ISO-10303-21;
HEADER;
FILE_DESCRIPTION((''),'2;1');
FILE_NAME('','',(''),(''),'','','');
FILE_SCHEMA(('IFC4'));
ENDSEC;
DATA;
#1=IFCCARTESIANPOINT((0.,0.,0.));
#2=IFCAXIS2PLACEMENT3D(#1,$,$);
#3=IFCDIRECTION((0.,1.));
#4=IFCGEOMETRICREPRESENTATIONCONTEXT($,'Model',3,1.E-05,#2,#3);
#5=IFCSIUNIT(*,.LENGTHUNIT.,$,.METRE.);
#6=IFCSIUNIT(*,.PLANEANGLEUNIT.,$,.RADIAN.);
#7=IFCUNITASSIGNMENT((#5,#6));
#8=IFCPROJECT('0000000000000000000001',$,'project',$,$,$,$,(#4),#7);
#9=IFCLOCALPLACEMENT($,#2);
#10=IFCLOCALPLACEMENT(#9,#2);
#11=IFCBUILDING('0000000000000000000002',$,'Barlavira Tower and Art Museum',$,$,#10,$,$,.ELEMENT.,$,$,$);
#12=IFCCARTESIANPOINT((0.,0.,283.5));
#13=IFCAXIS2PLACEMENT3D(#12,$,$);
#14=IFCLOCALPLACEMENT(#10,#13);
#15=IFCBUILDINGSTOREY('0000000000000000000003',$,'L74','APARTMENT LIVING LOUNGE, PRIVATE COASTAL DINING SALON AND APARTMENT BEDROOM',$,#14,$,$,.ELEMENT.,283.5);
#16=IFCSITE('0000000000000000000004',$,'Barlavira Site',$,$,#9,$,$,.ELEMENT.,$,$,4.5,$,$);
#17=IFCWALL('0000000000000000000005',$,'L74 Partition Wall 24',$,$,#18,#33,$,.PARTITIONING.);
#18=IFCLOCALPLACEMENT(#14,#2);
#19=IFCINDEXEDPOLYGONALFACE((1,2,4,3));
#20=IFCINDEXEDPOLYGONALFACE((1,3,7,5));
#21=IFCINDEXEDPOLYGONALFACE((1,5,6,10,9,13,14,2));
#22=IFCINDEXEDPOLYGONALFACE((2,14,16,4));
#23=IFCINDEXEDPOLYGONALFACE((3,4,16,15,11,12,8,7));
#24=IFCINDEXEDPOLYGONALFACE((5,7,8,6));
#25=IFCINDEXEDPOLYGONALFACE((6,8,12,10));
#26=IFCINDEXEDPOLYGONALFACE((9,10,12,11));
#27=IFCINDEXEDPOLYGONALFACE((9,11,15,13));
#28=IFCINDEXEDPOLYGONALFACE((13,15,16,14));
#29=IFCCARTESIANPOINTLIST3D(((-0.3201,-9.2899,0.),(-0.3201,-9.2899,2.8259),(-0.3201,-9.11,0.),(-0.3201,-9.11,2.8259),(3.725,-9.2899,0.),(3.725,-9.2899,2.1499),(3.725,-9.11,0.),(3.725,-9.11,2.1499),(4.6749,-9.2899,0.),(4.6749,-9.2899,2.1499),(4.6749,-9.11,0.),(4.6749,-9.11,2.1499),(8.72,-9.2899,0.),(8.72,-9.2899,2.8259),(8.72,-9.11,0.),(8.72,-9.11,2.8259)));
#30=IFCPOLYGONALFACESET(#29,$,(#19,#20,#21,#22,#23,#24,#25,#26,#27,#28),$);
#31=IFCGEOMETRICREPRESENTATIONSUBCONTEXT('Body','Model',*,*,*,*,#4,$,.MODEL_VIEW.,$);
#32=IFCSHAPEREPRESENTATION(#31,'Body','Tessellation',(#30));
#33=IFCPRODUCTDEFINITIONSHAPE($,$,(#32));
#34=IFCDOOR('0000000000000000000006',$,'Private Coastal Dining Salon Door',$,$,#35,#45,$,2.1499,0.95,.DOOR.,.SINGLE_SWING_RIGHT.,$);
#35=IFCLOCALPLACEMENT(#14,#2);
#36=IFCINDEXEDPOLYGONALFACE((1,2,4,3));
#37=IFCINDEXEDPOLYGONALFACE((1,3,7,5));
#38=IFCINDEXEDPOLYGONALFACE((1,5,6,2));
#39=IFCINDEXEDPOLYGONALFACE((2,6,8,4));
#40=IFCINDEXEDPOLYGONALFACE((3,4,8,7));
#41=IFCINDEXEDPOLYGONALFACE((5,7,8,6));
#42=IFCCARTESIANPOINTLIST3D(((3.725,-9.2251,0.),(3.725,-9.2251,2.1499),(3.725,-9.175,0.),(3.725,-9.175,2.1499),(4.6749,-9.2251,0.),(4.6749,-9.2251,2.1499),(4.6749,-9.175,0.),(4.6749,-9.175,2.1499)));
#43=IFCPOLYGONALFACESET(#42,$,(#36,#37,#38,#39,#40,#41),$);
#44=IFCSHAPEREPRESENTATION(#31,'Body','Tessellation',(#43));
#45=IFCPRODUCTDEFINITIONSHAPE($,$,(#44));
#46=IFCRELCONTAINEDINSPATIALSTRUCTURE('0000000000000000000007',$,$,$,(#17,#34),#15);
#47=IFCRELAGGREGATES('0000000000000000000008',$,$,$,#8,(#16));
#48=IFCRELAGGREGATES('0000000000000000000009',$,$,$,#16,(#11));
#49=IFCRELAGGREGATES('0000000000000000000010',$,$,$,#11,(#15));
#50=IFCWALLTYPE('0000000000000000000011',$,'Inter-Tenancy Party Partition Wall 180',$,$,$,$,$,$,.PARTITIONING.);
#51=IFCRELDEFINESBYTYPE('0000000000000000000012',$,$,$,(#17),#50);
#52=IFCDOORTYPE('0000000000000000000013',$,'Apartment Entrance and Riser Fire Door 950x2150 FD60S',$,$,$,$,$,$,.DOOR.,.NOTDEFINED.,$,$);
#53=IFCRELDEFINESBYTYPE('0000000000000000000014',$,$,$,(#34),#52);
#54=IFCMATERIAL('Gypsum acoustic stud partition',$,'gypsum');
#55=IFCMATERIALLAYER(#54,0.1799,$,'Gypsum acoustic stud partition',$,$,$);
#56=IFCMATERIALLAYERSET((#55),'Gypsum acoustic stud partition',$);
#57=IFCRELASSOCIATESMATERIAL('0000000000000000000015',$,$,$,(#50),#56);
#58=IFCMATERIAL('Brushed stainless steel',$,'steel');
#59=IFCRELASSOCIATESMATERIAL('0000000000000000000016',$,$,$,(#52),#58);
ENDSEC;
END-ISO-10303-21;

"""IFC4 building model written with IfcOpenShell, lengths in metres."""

from ifc_helpers import new_model, si_unit, direction, frame, frame_2d, origin, place, context, subcontext, project, spatial, rectangle, extrude, material, layer, layer_set, type_object, element, fill, save


model = new_model("IFC4")

# Units and contexts
model_context = context("Model", 3, precision=1e-05, world=origin(), true_north=direction((0.0, 1.0)))
body_context = subcontext(model_context, "Body", "Model", "MODEL_VIEW")
ifc_project = project(units=[si_unit("LENGTHUNIT", "METRE"), si_unit("PLANEANGLEUNIT", "RADIAN")], contexts=[model_context])

# Site, building, storey
site_placement = place(None, origin())
site = spatial("IfcSite", under=ifc_project, at=site_placement, Name="Barlavira Site", CompositionType="ELEMENT", RefElevation=4.5)
building_placement = place(site_placement, origin())
building = spatial("IfcBuilding", under=site, at=building_placement, Name="Barlavira Tower and Art Museum", CompositionType="ELEMENT")
storey_placement = place(building_placement, frame((0.0, 0.0, 283.5)))
storey = spatial("IfcBuildingStorey", under=building, at=storey_placement, Name="L74", Description="APARTMENT LIVING LOUNGE, PRIVATE COASTAL DINING SALON AND APARTMENT BEDROOM", CompositionType="ELEMENT", Elevation=283.5)

# Shared definitions
ifc_material_1 = material(Name="Gypsum acoustic stud partition", Category="gypsum")
ifc_layer_1 = layer(ifc_material_1, 0.1799, Name="Gypsum acoustic stud partition")
ifc_layer_set_1 = layer_set([ifc_layer_1], Name="Gypsum acoustic stud partition")
wall_type = type_object("IfcWallType", Name="Inter-Tenancy Party Partition Wall 180", PredefinedType="PARTITIONING", material=ifc_layer_set_1)

# Wall, opening, door
ifc_material_2 = material(Name="Brushed stainless steel", Category="steel")
door_type = type_object("IfcDoorType", Name="Apartment Entrance and Riser Fire Door 950x2150 FD60S", OperationType="NOTDEFINED", PredefinedType="DOOR", material=ifc_material_2)
wall_1_placement = place(storey_placement, frame((-0.3201, -9.2, 0.0), z_axis=(0.0, 0.0, 1.0), x_axis=(1.0, 0.0, 0.0)))
wall_1 = element("IfcWall", 1, at=wall_1_placement, inside=storey, type_object=wall_type, Name="L74 Partition Wall 24", PredefinedType="PARTITIONING", context=body_context, shape_type="SweptSolid", body=[
    extrude(rectangle(XDim=9.04, YDim=0.1799, at=frame_2d((4.52, 0.0))), origin(), (0.0, 0.0, 1.0), 2.8259),
])
opening_1_placement = place(wall_1_placement, frame((4.0449, 0.0, 0.0)))
opening_1 = element("IfcOpeningElement", 2, at=opening_1_placement, cuts=wall_1, PredefinedType="OPENING", context=body_context, shape_type="SweptSolid", body=[
    extrude(rectangle(XDim=0.95, YDim=2.1499, at=frame_2d((0.4751, 1.075))), frame((0.0, 0.1001, 0.0), z_axis=(0.0, -1.0, 0.0), x_axis=(1.0, 0.0, 0.0)), (0.0, 0.0, 1.0), 0.2),
])
door_1_placement = place(opening_1_placement, origin())
door_1 = element("IfcDoor", 3, at=door_1_placement, inside=storey, type_object=door_type, Name="Private Coastal Dining Salon Door", OperationType="SINGLE_SWING_RIGHT", OverallHeight=2.1499, OverallWidth=0.95, PredefinedType="DOOR", context=body_context, shape_type="SweptSolid", body=[
    extrude(rectangle(XDim=0.95, YDim=2.1499, at=frame_2d((0.4751, 1.075))), frame((0.0, 0.0249, 0.0), z_axis=(0.0, -1.0, 0.0), x_axis=(1.0, 0.0, 0.0)), (0.0, 0.0, 1.0), 0.05),
])
fill(opening_1, door_1)

save(model, "model.ifc")
